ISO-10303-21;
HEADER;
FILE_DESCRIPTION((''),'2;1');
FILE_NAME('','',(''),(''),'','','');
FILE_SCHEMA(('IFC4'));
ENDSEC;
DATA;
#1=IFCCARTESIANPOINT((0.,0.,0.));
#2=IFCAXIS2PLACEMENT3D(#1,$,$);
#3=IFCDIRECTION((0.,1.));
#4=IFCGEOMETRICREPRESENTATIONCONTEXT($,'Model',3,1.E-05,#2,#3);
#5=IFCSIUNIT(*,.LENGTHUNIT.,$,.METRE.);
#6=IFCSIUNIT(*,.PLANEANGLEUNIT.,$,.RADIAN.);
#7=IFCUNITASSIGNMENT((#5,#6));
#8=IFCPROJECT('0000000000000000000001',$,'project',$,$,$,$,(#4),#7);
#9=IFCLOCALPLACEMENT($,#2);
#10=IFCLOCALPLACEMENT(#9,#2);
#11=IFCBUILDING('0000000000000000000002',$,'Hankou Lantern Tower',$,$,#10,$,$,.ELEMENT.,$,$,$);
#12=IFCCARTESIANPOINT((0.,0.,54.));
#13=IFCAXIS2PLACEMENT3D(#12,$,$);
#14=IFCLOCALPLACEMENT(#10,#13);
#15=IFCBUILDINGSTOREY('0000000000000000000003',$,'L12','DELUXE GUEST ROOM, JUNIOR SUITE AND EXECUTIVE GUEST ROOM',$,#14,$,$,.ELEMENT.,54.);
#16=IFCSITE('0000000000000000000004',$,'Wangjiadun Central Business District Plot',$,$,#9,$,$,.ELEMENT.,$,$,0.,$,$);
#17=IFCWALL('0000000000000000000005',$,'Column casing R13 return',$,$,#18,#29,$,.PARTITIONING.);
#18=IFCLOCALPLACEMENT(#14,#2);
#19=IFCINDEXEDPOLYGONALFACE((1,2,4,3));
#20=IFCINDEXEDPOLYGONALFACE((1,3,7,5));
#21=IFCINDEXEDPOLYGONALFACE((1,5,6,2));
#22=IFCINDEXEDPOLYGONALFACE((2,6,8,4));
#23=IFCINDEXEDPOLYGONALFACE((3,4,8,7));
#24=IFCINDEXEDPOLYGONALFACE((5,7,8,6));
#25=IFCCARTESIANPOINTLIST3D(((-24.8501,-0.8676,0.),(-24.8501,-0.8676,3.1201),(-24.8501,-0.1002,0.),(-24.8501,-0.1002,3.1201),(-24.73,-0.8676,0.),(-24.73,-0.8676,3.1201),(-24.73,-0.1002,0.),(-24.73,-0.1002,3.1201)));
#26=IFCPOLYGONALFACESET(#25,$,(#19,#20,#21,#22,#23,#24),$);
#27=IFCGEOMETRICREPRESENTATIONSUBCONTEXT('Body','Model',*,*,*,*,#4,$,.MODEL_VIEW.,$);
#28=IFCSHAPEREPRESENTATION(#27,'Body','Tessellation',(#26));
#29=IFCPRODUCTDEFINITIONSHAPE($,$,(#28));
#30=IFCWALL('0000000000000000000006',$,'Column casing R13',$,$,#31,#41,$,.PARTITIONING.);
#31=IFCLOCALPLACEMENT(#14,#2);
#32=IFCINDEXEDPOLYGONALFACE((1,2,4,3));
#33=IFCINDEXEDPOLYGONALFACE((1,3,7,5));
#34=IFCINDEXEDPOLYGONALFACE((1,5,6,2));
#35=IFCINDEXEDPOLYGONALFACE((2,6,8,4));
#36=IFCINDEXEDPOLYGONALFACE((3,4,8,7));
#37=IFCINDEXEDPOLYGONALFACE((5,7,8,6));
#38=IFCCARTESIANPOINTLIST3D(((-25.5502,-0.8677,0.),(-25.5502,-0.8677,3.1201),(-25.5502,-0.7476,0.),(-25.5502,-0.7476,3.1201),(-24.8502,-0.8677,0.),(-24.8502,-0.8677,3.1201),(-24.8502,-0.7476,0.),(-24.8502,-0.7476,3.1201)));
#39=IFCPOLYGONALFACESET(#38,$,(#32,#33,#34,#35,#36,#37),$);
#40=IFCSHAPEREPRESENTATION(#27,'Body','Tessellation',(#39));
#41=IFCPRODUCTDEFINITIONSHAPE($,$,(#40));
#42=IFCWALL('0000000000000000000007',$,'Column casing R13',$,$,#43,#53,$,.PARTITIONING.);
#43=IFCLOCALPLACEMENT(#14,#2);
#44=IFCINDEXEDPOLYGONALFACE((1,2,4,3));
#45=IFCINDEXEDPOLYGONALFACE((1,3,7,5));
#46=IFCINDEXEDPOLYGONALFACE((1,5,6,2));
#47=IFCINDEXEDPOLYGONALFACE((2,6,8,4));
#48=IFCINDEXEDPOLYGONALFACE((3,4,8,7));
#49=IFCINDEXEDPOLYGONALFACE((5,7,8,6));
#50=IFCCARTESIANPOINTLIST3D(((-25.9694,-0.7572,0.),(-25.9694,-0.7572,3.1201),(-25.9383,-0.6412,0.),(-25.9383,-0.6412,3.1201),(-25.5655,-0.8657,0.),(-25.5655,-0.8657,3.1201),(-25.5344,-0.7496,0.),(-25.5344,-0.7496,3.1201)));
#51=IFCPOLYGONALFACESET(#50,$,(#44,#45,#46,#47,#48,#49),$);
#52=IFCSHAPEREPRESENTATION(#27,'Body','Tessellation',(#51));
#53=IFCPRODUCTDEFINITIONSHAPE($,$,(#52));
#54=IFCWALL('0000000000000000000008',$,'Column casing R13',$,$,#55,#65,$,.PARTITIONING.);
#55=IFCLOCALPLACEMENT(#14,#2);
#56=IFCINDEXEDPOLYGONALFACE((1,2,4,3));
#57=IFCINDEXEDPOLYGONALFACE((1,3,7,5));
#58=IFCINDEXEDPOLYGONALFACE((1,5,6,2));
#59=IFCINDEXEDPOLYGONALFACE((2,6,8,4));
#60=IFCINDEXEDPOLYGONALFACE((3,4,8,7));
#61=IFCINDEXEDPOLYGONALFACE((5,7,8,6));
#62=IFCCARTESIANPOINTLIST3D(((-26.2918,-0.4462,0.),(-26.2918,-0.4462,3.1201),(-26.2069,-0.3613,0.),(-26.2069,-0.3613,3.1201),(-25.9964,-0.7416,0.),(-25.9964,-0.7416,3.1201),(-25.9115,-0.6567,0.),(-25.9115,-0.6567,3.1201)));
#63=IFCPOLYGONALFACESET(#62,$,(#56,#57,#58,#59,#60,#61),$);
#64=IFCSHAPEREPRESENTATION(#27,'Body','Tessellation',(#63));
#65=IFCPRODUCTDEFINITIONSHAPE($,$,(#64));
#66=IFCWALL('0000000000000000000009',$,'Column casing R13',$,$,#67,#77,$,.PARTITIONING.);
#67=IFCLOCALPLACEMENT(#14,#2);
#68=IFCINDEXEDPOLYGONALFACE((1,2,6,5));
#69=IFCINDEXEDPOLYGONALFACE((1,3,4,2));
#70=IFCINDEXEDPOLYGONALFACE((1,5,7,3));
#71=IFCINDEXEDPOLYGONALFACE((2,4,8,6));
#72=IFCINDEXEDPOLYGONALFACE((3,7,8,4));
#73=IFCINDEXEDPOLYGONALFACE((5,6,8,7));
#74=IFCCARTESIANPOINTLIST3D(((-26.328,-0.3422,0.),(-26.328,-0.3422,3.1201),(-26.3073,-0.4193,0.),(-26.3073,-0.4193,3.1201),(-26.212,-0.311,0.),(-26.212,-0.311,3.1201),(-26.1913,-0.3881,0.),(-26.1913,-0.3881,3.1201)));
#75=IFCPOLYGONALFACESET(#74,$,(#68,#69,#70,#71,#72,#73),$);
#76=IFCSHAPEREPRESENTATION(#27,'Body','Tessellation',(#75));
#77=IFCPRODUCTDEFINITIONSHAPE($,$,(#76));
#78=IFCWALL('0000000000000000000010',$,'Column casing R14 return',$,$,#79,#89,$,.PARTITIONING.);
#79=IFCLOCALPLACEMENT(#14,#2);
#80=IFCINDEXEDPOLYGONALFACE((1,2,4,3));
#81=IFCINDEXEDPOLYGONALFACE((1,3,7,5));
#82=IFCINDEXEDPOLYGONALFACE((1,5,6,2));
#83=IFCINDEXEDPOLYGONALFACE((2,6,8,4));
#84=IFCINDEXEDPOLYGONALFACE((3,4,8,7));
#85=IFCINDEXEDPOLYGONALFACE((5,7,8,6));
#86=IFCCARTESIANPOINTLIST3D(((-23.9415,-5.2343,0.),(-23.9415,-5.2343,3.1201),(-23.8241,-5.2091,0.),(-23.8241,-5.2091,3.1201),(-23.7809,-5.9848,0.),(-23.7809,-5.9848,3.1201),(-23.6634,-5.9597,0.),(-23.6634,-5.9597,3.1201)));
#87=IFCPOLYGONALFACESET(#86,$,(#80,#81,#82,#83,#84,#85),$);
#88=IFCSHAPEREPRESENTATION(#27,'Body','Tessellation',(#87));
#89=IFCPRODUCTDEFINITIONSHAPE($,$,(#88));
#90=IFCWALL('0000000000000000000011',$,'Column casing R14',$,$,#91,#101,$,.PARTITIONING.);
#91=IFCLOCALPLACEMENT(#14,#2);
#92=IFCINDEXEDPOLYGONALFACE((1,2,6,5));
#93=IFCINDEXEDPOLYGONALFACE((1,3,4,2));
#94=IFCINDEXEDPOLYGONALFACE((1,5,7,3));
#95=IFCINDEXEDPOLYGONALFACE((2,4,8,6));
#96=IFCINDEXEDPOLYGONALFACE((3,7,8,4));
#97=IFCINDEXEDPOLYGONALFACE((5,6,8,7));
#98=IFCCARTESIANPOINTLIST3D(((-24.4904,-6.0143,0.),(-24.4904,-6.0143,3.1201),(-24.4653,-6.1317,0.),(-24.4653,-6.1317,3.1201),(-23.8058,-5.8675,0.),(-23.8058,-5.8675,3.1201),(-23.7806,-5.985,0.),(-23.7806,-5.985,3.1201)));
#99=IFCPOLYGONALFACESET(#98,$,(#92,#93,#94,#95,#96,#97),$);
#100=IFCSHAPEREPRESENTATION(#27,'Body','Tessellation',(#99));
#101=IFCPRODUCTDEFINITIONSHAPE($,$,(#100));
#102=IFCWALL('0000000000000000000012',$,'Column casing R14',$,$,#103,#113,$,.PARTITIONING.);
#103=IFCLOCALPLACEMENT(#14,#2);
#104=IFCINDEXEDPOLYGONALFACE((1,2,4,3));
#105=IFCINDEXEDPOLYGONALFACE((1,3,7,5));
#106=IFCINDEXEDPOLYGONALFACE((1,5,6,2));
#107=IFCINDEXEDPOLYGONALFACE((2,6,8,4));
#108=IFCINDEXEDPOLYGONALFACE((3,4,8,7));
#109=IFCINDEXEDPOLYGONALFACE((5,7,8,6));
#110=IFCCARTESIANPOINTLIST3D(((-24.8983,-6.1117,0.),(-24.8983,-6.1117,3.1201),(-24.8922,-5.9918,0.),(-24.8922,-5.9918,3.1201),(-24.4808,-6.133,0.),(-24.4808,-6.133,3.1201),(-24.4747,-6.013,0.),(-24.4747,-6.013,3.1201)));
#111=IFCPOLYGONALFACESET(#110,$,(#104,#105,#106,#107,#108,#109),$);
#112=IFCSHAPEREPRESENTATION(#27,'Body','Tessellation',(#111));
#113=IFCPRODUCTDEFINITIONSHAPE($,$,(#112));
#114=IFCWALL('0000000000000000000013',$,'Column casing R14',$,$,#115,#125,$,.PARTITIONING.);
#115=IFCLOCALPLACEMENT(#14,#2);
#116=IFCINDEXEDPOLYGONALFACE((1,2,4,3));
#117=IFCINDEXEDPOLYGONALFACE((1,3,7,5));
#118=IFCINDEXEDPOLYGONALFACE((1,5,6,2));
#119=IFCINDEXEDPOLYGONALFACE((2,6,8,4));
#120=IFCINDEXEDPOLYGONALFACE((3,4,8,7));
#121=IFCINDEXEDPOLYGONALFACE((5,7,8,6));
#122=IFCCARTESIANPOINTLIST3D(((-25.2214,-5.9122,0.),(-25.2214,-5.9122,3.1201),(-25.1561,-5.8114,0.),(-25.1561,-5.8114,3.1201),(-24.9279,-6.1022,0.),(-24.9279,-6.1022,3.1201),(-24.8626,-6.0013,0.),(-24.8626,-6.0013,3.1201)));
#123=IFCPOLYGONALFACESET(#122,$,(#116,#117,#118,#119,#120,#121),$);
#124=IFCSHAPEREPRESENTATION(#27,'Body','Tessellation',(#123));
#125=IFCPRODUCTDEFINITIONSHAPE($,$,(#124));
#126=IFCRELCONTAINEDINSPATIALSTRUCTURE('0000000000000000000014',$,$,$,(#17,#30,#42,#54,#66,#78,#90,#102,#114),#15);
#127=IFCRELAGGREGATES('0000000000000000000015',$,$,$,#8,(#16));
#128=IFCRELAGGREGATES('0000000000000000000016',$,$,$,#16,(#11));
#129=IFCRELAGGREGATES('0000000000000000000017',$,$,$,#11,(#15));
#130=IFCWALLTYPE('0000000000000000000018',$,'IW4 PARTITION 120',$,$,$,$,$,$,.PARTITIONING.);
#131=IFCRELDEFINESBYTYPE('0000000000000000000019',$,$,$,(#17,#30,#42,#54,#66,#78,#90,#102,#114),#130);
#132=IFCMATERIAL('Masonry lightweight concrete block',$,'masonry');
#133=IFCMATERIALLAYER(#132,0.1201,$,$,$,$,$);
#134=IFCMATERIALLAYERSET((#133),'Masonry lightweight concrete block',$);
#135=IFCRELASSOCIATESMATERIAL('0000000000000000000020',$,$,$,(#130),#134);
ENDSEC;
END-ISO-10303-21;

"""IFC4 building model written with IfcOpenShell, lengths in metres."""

from ifc_helpers import new_model, si_unit, direction, frame, frame_2d, origin, place, context, subcontext, project, spatial, rectangle, extrude, material, layer, layer_set, type_object, element, save


model = new_model("IFC4")

# Units and contexts
model_context = context("Model", 3, precision=1e-05, world=origin(), true_north=direction((0.0, 1.0)))
body_context = subcontext(model_context, "Body", "Model", "MODEL_VIEW")
ifc_project = project(units=[si_unit("LENGTHUNIT", "METRE"), si_unit("PLANEANGLEUNIT", "RADIAN")], contexts=[model_context])

# Site, building, storey
site_placement = place(None, origin())
site = spatial("IfcSite", under=ifc_project, at=site_placement, Name="Wangjiadun Central Business District Plot", CompositionType="ELEMENT", RefElevation=0.0)
building_placement = place(site_placement, origin())
building = spatial("IfcBuilding", under=site, at=building_placement, Name="Hankou Lantern Tower", CompositionType="ELEMENT")
storey_placement = place(building_placement, frame((0.0, 0.0, 54.0)))
storey = spatial("IfcBuildingStorey", under=building, at=storey_placement, Name="L12", Description="DELUXE GUEST ROOM, JUNIOR SUITE AND EXECUTIVE GUEST ROOM", CompositionType="ELEMENT", Elevation=54.0)

# Walls
ifc_material_1 = material(Name="Masonry lightweight concrete block", Category="masonry")
ifc_layer_1 = layer(ifc_material_1, 0.1201)
ifc_layer_set_1 = layer_set([ifc_layer_1], Name="Masonry lightweight concrete block")
wall_type_1 = type_object("IfcWallType", Name="IW4 PARTITION 120", PredefinedType="PARTITIONING", material=ifc_layer_set_1)
wall_1_placement = place(storey_placement, frame((-24.79, -0.1001, 0.0), z_axis=(0.0, 0.0, 1.0), x_axis=(0.0, -1.0, 0.0)))
element("IfcWall", 1, at=wall_1_placement, inside=storey, type_object=wall_type_1, Name="Column casing R13 return", PredefinedType="PARTITIONING", context=body_context, shape_type="SweptSolid", body=[
    extrude(rectangle(XDim=0.7673, YDim=0.1201, at=frame_2d((0.3838, 0.0))), origin(), (0.0, 0.0, 1.0), 3.1201),
])
wall_2_placement = place(storey_placement, frame((-24.8501, -0.8076, 0.0), z_axis=(0.0, 0.0, 1.0), x_axis=(-1.0, 0.0, 0.0)))
element("IfcWall", 2, at=wall_2_placement, inside=storey, type_object=wall_type_1, Name="Column casing R13", PredefinedType="PARTITIONING", context=body_context, shape_type="SweptSolid", body=[
    extrude(rectangle(XDim=0.7, YDim=0.1201, at=frame_2d((0.3501, 0.0))), origin(), (0.0, 0.0, 1.0), 3.1201),
])
wall_3_placement = place(storey_placement, frame((-25.55, -0.8076, 0.0), z_axis=(0.0, 0.0, 1.0), x_axis=(-0.965807, 0.259261, 0.0)))
element("IfcWall", 3, at=wall_3_placement, inside=storey, type_object=wall_type_1, Name="Column casing R13", PredefinedType="PARTITIONING", context=body_context, shape_type="SweptSolid", body=[
    extrude(rectangle(XDim=0.4182, YDim=0.1201, at=frame_2d((0.209, 0.0))), origin(), (0.0, 0.0, 1.0), 3.1201),
])
wall_4_placement = place(storey_placement, frame((-25.9539, -0.6992, 0.0), z_axis=(0.0, 0.0, 1.0), x_axis=(-0.707107, 0.707107, 0.0)))
element("IfcWall", 4, at=wall_4_placement, inside=storey, type_object=wall_type_1, Name="Column casing R13", PredefinedType="PARTITIONING", context=body_context, shape_type="SweptSolid", body=[
    extrude(rectangle(XDim=0.4177, YDim=0.1201, at=frame_2d((0.209, 0.0))), origin(), (0.0, 0.0, 1.0), 3.1201),
])
wall_5_placement = place(storey_placement, frame((-26.2493, -0.4038, 0.0), z_axis=(0.0, 0.0, 1.0), x_axis=(-0.259754, 0.965675, 0.0)))
element("IfcWall", 5, at=wall_5_placement, inside=storey, type_object=wall_type_1, Name="Column casing R13", PredefinedType="PARTITIONING", context=body_context, shape_type="SweptSolid", body=[
    extrude(rectangle(XDim=0.0798, YDim=0.1201, at=frame_2d((0.04, 0.0))), origin(), (0.0, 0.0, 1.0), 3.1201),
])
wall_6_placement = place(storey_placement, frame((-23.8828, -5.2217, 0.0), z_axis=(0.0, 0.0, 1.0), x_axis=(0.209312, -0.977849, 0.0)))
element("IfcWall", 6, at=wall_6_placement, inside=storey, type_object=wall_type_1, Name="Column casing R14 return", PredefinedType="PARTITIONING", context=body_context, shape_type="SweptSolid", body=[
    extrude(rectangle(XDim=0.7676, YDim=0.1201, at=frame_2d((0.3838, 0.0))), origin(), (0.0, 0.0, 1.0), 3.1201),
])
wall_7_placement = place(storey_placement, frame((-23.7932, -5.9263, 0.0), z_axis=(0.0, 0.0, 1.0), x_axis=(-0.977792, -0.209577, 0.0)))
element("IfcWall", 7, at=wall_7_placement, inside=storey, type_object=wall_type_1, Name="Column casing R14", PredefinedType="PARTITIONING", context=body_context, shape_type="SweptSolid", body=[
    extrude(rectangle(XDim=0.7002, YDim=0.1201, at=frame_2d((0.3501, 0.0))), origin(), (0.0, 0.0, 1.0), 3.1201),
])
wall_8_placement = place(storey_placement, frame((-24.4778, -6.073, 0.0), z_axis=(0.0, 0.0, 1.0), x_axis=(-0.998708, 0.050811, 0.0)))
element("IfcWall", 8, at=wall_8_placement, inside=storey, type_object=wall_type_1, Name="Column casing R14", PredefinedType="PARTITIONING", context=body_context, shape_type="SweptSolid", body=[
    extrude(rectangle(XDim=0.418, YDim=0.1201, at=frame_2d((0.209, 0.0))), origin(), (0.0, 0.0, 1.0), 3.1201),
])
wall_9_placement = place(storey_placement, frame((-24.8953, -6.0518, 0.0), z_axis=(0.0, 0.0, 1.0), x_axis=(-0.839495, 0.543367, 0.0)))
element("IfcWall", 9, at=wall_9_placement, inside=storey, type_object=wall_type_1, Name="Column casing R14", PredefinedType="PARTITIONING", context=body_context, shape_type="SweptSolid", body=[
    extrude(rectangle(XDim=0.3496, YDim=0.1201, at=frame_2d((0.1748, 0.0))), origin(), (0.0, 0.0, 1.0), 3.1201),
])

save(model, "model.ifc")
